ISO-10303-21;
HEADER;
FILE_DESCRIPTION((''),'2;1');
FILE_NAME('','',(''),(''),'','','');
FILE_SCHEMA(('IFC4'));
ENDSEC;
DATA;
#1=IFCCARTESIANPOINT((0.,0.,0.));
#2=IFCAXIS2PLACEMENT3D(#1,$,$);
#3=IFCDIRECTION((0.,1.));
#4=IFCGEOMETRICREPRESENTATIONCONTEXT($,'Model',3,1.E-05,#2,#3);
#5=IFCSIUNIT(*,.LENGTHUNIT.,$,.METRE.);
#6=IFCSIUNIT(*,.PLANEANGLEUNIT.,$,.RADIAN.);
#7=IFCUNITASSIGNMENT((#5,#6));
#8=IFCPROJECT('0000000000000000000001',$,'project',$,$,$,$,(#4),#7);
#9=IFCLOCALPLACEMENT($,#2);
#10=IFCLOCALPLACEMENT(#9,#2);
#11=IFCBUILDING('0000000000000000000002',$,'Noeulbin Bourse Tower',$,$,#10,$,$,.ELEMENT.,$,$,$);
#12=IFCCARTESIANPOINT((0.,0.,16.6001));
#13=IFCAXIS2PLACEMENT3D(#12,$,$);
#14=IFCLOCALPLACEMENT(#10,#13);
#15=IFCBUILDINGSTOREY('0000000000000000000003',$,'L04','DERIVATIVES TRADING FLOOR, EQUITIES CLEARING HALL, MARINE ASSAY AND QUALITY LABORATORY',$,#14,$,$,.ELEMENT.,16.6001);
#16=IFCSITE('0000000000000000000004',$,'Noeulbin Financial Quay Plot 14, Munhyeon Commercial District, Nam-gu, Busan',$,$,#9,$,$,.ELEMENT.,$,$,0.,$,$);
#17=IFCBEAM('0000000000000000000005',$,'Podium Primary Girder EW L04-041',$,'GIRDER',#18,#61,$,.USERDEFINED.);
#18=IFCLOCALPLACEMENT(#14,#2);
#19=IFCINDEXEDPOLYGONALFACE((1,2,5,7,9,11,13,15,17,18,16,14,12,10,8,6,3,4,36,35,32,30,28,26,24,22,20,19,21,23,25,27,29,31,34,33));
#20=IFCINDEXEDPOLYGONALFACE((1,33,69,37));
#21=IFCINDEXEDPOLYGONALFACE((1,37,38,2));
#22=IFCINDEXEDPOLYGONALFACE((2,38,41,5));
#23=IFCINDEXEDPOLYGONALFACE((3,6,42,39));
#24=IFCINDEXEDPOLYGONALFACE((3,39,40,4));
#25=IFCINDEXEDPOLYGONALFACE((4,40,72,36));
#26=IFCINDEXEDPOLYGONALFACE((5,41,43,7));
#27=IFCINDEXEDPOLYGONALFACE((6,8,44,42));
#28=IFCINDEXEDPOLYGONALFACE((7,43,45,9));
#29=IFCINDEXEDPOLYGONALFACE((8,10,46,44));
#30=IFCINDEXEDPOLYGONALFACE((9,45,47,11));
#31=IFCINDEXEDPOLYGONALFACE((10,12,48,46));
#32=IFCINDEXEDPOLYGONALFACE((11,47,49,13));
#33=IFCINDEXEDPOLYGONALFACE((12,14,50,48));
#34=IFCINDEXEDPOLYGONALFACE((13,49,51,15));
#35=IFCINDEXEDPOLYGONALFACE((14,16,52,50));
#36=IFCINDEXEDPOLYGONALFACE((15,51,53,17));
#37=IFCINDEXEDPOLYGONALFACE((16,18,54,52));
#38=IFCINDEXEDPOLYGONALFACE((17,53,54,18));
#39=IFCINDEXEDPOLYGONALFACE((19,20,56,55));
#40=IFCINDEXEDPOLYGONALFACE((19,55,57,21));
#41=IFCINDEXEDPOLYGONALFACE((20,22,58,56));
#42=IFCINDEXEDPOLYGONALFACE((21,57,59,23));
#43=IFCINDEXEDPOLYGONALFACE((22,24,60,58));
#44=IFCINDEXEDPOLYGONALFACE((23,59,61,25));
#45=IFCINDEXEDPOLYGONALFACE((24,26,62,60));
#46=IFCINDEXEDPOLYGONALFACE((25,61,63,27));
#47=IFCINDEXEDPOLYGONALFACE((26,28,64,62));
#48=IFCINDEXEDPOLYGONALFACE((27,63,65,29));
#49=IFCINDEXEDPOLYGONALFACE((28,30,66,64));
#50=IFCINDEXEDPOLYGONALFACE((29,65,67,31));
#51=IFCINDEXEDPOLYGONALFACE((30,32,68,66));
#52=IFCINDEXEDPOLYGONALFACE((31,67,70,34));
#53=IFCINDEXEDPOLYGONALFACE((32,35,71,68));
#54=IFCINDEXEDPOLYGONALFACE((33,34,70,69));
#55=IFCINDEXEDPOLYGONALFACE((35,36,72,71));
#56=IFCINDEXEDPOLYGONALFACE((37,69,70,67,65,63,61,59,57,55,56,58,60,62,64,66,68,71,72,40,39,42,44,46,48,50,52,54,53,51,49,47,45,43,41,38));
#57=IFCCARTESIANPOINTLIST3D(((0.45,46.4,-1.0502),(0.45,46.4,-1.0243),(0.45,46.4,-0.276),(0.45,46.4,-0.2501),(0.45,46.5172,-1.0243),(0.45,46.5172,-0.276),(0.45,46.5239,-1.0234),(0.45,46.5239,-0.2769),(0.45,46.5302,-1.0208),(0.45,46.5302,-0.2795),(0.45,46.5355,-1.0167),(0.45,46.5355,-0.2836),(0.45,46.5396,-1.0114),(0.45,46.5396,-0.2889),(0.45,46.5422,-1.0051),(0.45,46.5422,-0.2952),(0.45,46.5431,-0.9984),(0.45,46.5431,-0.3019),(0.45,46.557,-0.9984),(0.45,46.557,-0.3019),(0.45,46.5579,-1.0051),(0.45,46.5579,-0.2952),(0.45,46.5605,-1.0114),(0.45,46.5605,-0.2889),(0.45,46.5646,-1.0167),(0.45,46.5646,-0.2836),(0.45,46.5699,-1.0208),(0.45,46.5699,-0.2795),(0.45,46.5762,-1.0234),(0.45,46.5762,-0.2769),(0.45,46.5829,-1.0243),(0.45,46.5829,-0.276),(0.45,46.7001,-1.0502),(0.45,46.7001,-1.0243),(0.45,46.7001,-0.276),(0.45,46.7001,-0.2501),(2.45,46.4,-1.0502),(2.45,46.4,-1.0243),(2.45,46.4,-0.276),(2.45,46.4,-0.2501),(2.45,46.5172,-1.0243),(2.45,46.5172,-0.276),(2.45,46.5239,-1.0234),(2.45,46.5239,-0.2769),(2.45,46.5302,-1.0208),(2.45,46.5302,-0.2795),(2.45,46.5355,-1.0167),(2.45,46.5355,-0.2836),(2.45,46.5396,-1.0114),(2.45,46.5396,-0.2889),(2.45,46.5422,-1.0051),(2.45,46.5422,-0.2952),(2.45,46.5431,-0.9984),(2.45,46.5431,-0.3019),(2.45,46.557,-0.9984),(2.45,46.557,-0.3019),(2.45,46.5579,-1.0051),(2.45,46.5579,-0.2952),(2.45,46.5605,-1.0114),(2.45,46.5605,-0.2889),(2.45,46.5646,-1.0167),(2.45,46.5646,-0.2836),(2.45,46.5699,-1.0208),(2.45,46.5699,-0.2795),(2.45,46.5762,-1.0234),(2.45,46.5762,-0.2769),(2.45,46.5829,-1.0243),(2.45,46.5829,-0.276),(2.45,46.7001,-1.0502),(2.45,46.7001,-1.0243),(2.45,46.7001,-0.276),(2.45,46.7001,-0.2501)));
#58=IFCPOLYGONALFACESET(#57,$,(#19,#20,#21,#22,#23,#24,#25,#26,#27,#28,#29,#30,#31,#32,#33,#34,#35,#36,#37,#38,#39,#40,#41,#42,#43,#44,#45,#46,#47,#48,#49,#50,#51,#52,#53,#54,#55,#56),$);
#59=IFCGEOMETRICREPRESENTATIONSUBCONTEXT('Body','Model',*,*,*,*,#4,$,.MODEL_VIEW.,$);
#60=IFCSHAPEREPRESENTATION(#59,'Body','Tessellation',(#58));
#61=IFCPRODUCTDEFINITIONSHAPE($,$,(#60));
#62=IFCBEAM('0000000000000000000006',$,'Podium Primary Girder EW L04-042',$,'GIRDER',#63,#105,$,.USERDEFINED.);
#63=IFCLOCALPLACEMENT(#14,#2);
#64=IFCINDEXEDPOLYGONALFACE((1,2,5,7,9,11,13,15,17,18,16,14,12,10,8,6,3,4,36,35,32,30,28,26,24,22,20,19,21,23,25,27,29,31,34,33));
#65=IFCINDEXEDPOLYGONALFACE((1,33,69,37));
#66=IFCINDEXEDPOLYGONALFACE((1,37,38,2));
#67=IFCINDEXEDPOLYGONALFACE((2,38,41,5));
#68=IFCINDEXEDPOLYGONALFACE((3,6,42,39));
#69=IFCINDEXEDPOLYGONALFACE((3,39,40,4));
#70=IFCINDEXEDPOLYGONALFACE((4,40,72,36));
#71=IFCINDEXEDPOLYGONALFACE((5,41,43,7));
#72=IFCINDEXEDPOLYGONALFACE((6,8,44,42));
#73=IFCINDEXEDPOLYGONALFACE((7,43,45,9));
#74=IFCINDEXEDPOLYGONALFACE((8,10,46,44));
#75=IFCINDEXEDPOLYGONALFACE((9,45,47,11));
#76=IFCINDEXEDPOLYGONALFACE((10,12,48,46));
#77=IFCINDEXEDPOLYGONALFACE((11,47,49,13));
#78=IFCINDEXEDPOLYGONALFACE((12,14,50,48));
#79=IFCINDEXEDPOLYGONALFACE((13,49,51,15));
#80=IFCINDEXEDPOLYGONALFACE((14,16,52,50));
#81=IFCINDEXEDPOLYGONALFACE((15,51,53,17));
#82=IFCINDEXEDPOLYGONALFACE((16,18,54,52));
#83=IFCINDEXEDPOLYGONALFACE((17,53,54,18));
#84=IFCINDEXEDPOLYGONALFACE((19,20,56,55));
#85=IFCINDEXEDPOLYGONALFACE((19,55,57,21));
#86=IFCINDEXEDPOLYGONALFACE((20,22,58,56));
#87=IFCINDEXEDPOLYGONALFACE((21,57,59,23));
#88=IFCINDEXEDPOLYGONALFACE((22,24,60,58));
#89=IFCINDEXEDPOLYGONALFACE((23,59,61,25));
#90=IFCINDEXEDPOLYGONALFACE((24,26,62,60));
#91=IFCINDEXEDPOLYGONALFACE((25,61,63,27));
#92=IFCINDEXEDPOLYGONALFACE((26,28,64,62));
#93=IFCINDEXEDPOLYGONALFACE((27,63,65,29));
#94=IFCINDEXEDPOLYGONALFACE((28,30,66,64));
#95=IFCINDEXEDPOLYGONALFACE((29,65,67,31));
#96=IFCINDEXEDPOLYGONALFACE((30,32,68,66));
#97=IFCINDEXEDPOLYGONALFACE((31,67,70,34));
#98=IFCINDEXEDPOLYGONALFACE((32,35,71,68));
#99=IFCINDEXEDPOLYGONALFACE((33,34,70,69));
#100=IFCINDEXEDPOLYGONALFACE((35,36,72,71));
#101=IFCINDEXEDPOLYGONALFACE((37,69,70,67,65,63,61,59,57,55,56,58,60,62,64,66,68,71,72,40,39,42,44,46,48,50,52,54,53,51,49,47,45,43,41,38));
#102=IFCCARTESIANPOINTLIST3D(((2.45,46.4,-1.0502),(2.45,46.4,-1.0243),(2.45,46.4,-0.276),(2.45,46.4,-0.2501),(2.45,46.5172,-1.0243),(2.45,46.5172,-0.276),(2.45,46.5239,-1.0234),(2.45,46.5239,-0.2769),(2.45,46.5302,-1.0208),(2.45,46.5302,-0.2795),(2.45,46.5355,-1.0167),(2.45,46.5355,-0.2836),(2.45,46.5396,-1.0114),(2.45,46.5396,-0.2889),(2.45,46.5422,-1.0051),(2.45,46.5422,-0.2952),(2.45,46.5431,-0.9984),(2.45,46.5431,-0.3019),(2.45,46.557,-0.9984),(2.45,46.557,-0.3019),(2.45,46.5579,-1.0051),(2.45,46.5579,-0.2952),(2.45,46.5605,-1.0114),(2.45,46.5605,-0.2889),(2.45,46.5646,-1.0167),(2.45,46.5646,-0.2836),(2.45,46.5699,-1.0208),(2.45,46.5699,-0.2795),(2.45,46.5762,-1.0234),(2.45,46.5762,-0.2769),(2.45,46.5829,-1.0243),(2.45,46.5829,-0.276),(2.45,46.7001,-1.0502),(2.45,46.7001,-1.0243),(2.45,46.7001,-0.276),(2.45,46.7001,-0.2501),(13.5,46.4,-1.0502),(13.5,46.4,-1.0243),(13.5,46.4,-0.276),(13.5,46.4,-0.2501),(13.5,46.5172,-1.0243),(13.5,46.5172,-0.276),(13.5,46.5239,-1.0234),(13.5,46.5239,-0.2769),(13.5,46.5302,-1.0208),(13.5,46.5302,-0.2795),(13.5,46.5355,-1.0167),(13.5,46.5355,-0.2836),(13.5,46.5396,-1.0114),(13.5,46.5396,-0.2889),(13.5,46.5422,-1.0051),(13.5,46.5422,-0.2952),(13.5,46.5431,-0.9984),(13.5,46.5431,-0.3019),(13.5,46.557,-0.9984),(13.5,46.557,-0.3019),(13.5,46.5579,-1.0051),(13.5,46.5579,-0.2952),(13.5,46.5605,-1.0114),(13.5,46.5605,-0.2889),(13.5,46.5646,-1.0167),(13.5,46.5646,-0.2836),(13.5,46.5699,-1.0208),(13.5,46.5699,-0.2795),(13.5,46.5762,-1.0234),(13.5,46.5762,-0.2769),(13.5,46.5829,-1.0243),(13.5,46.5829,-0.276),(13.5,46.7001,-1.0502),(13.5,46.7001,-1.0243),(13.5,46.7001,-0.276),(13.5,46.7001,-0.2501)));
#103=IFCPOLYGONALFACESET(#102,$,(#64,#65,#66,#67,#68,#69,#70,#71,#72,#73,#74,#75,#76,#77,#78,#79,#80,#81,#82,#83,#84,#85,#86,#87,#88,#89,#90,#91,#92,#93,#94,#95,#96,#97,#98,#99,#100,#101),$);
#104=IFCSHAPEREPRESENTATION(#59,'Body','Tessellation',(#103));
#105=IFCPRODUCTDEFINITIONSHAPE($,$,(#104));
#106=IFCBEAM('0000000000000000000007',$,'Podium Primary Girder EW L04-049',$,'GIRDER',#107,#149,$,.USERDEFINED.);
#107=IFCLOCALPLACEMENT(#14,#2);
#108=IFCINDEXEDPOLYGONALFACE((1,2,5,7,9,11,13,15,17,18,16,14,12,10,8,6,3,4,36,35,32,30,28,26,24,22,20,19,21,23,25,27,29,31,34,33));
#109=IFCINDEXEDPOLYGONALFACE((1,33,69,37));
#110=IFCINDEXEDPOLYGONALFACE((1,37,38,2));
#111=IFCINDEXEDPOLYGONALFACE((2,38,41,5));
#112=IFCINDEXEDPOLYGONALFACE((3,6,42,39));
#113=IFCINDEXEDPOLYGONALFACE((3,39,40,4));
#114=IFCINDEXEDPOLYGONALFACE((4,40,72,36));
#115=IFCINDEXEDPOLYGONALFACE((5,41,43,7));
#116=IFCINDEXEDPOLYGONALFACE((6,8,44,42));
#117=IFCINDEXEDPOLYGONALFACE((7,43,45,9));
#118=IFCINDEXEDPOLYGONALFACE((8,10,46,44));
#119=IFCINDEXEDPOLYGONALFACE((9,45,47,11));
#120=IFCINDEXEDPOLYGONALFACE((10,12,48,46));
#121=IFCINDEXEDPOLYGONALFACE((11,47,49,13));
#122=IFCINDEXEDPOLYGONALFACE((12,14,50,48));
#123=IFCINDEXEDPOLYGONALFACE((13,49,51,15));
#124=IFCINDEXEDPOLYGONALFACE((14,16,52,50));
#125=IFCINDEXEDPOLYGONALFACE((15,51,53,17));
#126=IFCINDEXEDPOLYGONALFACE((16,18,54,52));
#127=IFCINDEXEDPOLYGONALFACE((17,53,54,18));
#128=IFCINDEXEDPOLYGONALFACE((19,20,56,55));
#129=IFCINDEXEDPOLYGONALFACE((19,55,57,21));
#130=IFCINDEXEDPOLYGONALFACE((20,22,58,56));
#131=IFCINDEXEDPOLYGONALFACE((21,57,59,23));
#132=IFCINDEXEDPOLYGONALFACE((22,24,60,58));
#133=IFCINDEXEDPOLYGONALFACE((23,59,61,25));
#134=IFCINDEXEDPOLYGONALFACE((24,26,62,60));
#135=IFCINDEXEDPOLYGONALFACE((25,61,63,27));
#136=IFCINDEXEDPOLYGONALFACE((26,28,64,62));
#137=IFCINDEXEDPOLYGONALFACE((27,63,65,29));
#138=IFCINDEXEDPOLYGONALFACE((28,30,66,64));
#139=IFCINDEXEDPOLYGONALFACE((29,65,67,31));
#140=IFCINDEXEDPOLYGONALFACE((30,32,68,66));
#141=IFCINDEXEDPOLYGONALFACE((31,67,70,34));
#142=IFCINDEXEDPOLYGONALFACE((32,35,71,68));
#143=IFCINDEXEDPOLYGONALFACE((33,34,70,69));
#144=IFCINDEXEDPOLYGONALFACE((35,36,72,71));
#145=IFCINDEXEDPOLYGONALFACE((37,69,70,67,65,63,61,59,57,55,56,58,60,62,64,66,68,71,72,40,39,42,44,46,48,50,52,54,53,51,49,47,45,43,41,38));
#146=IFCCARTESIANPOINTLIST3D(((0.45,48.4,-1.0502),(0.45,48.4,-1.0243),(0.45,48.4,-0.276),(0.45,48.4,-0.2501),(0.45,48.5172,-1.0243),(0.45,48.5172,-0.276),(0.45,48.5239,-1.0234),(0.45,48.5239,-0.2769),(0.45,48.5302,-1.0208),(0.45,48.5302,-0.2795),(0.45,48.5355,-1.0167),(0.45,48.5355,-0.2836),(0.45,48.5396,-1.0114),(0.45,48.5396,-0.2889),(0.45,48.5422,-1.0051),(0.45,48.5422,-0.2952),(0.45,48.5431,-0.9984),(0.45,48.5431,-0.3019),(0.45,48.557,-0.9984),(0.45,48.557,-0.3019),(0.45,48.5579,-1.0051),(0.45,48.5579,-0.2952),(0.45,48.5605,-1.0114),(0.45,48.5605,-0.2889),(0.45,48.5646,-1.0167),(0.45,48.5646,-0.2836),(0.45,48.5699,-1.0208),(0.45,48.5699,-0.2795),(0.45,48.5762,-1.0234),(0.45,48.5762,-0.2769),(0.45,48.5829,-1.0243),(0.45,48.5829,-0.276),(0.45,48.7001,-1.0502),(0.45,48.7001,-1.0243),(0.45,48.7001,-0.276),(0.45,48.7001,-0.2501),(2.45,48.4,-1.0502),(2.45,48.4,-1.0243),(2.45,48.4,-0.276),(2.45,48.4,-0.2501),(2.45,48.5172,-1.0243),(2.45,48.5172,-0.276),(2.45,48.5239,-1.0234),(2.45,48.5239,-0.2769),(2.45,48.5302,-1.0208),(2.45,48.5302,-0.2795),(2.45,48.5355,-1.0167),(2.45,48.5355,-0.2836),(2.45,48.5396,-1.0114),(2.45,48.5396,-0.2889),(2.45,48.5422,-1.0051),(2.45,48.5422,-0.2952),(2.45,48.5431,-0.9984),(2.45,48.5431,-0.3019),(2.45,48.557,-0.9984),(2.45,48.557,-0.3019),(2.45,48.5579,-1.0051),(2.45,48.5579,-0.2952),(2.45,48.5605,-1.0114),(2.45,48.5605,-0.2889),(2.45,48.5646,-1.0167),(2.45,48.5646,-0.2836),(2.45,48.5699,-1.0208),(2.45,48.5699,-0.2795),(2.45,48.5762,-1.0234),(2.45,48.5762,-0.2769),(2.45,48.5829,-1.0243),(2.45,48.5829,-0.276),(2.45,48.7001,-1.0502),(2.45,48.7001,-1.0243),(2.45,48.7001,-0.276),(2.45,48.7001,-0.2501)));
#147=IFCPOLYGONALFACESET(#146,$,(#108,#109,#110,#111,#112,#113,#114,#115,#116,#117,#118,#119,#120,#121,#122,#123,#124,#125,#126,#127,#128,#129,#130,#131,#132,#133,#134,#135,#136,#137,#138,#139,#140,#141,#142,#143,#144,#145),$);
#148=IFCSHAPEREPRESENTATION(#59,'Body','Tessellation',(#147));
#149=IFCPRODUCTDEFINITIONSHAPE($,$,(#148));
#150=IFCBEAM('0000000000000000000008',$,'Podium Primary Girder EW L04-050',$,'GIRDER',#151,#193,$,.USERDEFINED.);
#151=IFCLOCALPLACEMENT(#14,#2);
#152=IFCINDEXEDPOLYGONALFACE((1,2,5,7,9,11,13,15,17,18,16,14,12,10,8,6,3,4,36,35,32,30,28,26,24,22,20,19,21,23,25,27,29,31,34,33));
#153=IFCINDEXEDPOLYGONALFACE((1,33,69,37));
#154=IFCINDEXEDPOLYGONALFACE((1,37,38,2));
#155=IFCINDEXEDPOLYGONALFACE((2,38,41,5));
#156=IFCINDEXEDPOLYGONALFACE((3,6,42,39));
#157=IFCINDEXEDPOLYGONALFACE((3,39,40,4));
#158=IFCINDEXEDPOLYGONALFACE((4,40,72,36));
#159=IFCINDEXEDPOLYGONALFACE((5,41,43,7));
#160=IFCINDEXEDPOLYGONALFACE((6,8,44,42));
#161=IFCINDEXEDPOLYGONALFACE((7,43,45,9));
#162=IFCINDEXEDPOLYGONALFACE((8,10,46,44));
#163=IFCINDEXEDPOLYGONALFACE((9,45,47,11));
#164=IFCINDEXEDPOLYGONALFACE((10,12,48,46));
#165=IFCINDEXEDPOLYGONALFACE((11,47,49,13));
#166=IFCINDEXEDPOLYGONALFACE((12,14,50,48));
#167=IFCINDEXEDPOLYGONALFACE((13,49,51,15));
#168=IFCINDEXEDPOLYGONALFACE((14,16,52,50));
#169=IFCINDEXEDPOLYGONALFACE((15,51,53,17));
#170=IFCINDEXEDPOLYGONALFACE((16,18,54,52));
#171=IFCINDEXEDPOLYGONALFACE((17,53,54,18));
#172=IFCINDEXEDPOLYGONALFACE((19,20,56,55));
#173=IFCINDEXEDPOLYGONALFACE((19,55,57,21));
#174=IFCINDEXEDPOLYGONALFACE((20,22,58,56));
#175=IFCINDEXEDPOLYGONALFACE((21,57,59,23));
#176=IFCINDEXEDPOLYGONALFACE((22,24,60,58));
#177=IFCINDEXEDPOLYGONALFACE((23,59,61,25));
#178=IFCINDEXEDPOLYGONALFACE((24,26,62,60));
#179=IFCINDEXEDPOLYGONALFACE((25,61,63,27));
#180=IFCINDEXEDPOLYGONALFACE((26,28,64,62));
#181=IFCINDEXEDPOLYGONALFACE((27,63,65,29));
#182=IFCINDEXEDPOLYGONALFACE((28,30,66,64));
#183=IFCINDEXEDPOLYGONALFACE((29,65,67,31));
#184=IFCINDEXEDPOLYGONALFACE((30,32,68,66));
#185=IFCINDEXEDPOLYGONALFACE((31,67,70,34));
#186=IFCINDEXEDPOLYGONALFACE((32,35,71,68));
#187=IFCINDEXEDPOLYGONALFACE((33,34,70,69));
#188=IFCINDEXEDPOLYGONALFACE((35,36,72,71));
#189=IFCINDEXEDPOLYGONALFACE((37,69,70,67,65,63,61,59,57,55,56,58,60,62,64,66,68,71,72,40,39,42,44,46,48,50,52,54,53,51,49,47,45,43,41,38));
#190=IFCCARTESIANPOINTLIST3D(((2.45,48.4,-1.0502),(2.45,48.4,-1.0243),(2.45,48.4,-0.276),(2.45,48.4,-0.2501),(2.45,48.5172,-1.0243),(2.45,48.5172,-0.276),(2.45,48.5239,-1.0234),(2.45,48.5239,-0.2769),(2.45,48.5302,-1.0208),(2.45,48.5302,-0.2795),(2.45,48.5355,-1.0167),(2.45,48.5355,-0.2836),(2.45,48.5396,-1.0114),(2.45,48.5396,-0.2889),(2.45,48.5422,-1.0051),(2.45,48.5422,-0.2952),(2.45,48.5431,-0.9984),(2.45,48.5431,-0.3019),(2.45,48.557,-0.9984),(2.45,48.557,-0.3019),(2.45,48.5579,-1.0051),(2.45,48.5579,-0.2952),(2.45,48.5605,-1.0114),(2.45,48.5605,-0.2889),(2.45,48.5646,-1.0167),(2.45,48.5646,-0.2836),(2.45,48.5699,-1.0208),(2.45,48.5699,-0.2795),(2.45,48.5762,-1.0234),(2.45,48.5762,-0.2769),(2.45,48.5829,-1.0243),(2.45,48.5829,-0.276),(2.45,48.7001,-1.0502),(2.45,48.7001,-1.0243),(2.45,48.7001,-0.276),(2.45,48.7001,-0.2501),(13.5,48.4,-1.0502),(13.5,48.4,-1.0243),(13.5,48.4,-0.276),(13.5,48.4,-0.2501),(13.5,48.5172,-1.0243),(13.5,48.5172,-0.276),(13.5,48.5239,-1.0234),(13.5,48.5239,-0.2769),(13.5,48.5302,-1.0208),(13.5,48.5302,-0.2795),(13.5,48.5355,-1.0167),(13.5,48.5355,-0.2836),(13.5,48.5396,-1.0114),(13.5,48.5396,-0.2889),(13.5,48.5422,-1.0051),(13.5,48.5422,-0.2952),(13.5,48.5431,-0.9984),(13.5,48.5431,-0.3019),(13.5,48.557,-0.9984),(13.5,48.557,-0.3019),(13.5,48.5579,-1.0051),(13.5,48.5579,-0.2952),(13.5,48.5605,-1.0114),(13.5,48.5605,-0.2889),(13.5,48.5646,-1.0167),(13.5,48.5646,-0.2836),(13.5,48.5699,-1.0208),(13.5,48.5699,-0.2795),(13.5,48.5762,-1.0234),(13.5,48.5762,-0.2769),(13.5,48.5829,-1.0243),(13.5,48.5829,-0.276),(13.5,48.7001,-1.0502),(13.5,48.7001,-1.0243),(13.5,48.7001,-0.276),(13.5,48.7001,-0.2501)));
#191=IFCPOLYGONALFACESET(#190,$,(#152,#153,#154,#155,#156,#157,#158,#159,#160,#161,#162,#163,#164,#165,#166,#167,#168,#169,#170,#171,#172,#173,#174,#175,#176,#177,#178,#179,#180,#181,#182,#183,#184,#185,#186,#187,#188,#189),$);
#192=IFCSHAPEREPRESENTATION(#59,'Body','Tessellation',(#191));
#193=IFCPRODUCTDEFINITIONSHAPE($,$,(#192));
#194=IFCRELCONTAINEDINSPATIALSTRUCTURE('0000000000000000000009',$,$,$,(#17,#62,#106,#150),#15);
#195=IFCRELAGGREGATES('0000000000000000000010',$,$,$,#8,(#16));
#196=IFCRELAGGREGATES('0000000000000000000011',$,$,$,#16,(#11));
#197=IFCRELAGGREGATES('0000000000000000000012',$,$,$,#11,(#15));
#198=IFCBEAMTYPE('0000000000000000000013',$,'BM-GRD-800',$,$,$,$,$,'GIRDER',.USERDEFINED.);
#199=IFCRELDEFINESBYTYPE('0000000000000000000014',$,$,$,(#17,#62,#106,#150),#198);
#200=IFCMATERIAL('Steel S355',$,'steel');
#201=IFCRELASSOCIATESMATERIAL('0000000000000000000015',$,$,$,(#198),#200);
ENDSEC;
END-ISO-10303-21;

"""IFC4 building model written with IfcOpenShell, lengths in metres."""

from ifc_helpers import new_model, si_unit, direction, frame, origin, origin_2d, place, context, subcontext, project, spatial, i_section, extrude, material, material_profile, profile_set, type_object, element, save


model = new_model("IFC4")

# Units and contexts
model_context = context("Model", 3, precision=1e-05, world=origin(), true_north=direction((0.0, 1.0)))
body_context = subcontext(model_context, "Body", "Model", "MODEL_VIEW")
ifc_project = project(units=[si_unit("LENGTHUNIT", "METRE"), si_unit("PLANEANGLEUNIT", "RADIAN")], contexts=[model_context])

# Site, building, storey
site_placement = place(None, origin())
site = spatial("IfcSite", under=ifc_project, at=site_placement, Name="Noeulbin Financial Quay Plot 14, Munhyeon Commercial District, Nam-gu, Busan", CompositionType="ELEMENT", RefElevation=0.0)
building_placement = place(site_placement, origin())
building = spatial("IfcBuilding", under=site, at=building_placement, Name="Noeulbin Bourse Tower", CompositionType="ELEMENT")
storey_placement = place(building_placement, frame((0.0, 0.0, 16.6001)))
storey = spatial("IfcBuildingStorey", under=building, at=storey_placement, Name="L04", Description="DERIVATIVES TRADING FLOOR, EQUITIES CLEARING HALL, MARINE ASSAY AND QUALITY LABORATORY", CompositionType="ELEMENT", Elevation=16.6001)

# Beams
ifc_material_1 = material(Name="Steel S355", Category="steel")
ifc_material_profile_1 = material_profile(ifc_material_1, i_section(OverallWidth=0.3, OverallDepth=0.8, WebThickness=0.0139, FlangeThickness=0.0259, FilletRadius=0.0259, at=origin_2d()), Name="H-800x300x14x26", Category="LoadBearing")
ifc_profile_set_1 = profile_set([ifc_material_profile_1], Name="Steel S355")
beam_type_1 = type_object("IfcBeamType", Name="BM-GRD-800", ElementType="GIRDER", PredefinedType="USERDEFINED", material=ifc_profile_set_1)
beam_1_placement = place(storey_placement, frame((0.45, 46.55, -0.6501), z_axis=(1.0, 0.0, 0.0), x_axis=(0.0, 1.0, 0.0)))
element("IfcBeam", 1, at=beam_1_placement, inside=storey, type_object=beam_type_1, Name="Podium Primary Girder EW L04-041", ObjectType="GIRDER", PredefinedType="USERDEFINED", context=body_context, shape_type="SweptSolid", body=[
    extrude(i_section(OverallWidth=0.3, OverallDepth=0.8, WebThickness=0.0139, FlangeThickness=0.0259, FilletRadius=0.0259, at=origin_2d()), origin(), (0.0, 0.0, 1.0), 2.0),
])
beam_2_placement = place(storey_placement, frame((2.45, 46.55, -0.6501), z_axis=(1.0, 0.0, 0.0), x_axis=(0.0, 1.0, 0.0)))
element("IfcBeam", 2, at=beam_2_placement, inside=storey, type_object=beam_type_1, Name="Podium Primary Girder EW L04-042", ObjectType="GIRDER", PredefinedType="USERDEFINED", context=body_context, shape_type="SweptSolid", body=[
    extrude(i_section(OverallWidth=0.3, OverallDepth=0.8, WebThickness=0.0139, FlangeThickness=0.0259, FilletRadius=0.0259, at=origin_2d()), origin(), (0.0, 0.0, 1.0), 11.05),
])
beam_3_placement = place(storey_placement, frame((0.45, 48.55, -0.6501), z_axis=(1.0, 0.0, 0.0), x_axis=(0.0, 1.0, 0.0)))
element("IfcBeam", 3, at=beam_3_placement, inside=storey, type_object=beam_type_1, Name="Podium Primary Girder EW L04-049", ObjectType="GIRDER", PredefinedType="USERDEFINED", context=body_context, shape_type="SweptSolid", body=[
    extrude(i_section(OverallWidth=0.3, OverallDepth=0.8, WebThickness=0.0139, FlangeThickness=0.0259, FilletRadius=0.0259, at=origin_2d()), origin(), (0.0, 0.0, 1.0), 2.0),
])
beam_4_placement = place(storey_placement, frame((2.45, 48.55, -0.6501), z_axis=(1.0, 0.0, 0.0), x_axis=(0.0, 1.0, 0.0)))
element("IfcBeam", 4, at=beam_4_placement, inside=storey, type_object=beam_type_1, Name="Podium Primary Girder EW L04-050", ObjectType="GIRDER", PredefinedType="USERDEFINED", context=body_context, shape_type="SweptSolid", body=[
    extrude(i_section(OverallWidth=0.3, OverallDepth=0.8, WebThickness=0.0139, FlangeThickness=0.0259, FilletRadius=0.0259, at=origin_2d()), origin(), (0.0, 0.0, 1.0), 11.05),
])

save(model, "model.ifc")
